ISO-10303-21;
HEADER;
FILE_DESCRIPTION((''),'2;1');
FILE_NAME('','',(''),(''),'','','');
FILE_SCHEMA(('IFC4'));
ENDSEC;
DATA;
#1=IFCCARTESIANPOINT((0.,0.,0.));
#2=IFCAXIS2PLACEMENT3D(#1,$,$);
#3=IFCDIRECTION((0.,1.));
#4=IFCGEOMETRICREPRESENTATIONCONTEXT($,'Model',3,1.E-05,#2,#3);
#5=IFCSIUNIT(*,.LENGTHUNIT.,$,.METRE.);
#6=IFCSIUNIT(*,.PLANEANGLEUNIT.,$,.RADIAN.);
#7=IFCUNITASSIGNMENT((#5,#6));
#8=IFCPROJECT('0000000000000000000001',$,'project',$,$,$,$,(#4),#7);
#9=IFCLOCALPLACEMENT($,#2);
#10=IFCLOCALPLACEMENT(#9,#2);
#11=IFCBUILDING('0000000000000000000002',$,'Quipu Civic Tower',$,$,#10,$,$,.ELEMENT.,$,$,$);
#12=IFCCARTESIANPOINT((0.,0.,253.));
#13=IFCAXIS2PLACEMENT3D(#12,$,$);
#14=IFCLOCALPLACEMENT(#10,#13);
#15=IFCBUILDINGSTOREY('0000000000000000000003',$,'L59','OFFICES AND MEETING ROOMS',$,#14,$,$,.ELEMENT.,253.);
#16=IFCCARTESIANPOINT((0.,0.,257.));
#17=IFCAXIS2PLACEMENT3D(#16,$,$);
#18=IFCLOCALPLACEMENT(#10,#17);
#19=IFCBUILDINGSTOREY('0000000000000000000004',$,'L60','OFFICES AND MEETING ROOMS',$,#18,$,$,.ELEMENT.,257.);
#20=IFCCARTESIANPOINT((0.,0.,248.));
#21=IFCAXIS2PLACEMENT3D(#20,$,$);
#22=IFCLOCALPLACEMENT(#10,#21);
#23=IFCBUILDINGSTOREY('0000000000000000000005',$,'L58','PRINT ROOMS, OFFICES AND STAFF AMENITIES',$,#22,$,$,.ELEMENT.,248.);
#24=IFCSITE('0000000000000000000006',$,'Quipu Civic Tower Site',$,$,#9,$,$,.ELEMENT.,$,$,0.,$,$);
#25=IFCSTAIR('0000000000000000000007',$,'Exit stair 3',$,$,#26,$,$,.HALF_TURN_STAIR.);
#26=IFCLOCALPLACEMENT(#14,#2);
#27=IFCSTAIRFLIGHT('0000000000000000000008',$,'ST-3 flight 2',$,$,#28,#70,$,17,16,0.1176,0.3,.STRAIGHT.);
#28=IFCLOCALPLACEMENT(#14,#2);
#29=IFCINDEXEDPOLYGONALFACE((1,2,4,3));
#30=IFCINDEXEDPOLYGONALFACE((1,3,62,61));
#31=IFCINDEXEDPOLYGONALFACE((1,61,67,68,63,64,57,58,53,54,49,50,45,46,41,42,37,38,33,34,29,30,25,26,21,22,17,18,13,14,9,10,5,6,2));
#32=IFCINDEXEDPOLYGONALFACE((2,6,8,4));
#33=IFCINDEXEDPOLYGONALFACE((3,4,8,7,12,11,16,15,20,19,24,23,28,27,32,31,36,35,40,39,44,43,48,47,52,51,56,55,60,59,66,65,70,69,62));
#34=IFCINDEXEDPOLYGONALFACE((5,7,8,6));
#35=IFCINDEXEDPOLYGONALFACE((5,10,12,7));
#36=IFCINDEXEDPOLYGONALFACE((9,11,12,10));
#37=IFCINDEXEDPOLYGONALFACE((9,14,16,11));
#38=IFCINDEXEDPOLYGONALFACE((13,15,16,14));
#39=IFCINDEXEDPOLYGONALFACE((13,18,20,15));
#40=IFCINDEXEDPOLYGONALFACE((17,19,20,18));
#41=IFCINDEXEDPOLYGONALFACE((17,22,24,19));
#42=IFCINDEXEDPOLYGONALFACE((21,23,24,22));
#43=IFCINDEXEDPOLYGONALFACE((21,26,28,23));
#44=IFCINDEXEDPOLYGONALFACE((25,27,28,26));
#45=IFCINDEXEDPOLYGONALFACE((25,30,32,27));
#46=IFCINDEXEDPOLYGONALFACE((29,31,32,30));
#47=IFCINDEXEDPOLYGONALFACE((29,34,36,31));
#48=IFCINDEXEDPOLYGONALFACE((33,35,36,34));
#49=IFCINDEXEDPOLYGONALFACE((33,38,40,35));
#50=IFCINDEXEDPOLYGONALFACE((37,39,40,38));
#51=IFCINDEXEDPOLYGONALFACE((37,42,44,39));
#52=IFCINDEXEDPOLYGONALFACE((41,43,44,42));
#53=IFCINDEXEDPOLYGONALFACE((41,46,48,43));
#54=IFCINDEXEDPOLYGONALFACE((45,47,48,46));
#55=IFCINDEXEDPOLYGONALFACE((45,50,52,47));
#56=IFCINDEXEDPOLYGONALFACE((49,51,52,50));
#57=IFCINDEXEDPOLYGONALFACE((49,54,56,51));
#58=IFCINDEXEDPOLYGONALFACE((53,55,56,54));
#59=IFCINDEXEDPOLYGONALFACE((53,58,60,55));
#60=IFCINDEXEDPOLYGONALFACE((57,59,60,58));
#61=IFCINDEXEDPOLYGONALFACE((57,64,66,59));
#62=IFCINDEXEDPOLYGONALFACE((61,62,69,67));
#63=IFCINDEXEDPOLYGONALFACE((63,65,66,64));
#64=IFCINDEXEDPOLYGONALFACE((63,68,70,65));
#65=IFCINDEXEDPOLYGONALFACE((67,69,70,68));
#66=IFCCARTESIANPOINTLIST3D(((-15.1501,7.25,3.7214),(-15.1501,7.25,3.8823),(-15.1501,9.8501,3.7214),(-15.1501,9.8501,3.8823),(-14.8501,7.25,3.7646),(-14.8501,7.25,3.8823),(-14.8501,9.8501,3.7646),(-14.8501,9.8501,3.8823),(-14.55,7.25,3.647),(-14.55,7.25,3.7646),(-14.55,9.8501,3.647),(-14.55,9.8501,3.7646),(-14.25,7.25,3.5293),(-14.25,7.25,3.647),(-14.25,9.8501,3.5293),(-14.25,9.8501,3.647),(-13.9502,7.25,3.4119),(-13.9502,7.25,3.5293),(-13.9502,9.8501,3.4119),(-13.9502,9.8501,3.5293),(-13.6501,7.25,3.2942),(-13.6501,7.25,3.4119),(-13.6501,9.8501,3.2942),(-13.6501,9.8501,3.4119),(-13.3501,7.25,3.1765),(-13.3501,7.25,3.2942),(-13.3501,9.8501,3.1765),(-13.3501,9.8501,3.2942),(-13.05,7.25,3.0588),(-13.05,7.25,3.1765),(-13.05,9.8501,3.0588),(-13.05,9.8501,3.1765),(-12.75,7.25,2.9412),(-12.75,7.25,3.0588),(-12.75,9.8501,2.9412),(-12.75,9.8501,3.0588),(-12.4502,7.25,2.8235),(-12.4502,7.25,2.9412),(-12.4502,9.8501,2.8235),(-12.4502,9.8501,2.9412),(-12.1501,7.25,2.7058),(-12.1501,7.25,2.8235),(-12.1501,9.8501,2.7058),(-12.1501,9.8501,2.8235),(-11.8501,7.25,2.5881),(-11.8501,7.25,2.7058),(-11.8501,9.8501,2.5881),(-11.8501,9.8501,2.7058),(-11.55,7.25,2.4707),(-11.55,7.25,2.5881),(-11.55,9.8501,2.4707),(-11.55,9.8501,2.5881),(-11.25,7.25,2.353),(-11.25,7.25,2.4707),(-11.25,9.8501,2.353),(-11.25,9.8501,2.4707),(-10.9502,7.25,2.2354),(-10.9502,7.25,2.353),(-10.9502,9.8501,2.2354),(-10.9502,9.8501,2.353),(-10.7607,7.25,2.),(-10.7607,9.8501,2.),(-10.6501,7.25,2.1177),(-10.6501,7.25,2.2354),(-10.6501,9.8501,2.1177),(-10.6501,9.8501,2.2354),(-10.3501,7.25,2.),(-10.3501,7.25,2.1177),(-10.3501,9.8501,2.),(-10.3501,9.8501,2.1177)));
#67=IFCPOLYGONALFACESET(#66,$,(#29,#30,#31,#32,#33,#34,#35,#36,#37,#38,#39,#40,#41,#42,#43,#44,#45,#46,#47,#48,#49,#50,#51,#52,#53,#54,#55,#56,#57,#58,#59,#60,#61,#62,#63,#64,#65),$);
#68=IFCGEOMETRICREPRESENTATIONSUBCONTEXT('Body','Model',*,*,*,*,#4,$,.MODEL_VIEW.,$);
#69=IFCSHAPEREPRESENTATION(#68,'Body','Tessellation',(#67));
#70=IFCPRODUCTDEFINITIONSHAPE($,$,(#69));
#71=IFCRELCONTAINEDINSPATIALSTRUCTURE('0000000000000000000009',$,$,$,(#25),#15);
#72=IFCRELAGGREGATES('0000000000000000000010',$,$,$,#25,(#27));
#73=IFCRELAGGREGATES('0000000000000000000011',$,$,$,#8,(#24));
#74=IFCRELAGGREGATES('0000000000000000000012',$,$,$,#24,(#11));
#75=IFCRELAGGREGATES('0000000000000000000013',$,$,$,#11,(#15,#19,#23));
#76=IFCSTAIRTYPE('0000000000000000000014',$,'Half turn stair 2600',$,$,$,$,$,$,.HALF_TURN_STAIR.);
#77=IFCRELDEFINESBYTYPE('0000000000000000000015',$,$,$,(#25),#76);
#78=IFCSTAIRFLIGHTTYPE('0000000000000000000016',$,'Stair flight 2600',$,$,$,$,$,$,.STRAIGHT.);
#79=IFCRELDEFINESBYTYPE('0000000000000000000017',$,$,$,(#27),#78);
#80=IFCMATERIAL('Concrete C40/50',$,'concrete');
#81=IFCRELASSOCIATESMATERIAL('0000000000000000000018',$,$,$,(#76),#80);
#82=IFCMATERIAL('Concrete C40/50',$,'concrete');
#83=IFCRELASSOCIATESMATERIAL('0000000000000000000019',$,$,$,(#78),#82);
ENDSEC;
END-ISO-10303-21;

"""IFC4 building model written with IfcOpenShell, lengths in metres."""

from ifc_helpers import new_model, si_unit, direction, frame, origin, place, context, subcontext, project, spatial, polyline, outline, extrude, material, type_object, element, aggregate, save


model = new_model("IFC4")

# Units and contexts
model_context = context("Model", 3, precision=1e-05, world=origin(), true_north=direction((0.0, 1.0)))
body_context = subcontext(model_context, "Body", "Model", "MODEL_VIEW")
ifc_project = project(units=[si_unit("LENGTHUNIT", "METRE"), si_unit("PLANEANGLEUNIT", "RADIAN")], contexts=[model_context])

# Site, building, storey
site_placement = place(None, origin())
site = spatial("IfcSite", under=ifc_project, at=site_placement, Name="Quipu Civic Tower Site", CompositionType="ELEMENT", RefElevation=0.0)
building_placement = place(site_placement, origin())
building = spatial("IfcBuilding", under=site, at=building_placement, Name="Quipu Civic Tower", CompositionType="ELEMENT")
storey_1_placement = place(building_placement, frame((0.0, 0.0, 253.0)))
storey_1 = spatial("IfcBuildingStorey", under=building, at=storey_1_placement, Name="L59", Description="OFFICES AND MEETING ROOMS", CompositionType="ELEMENT", Elevation=253.0)

# Shared definitions
storey_2_placement = place(building_placement, frame((0.0, 0.0, 257.0)))
storey_2 = spatial("IfcBuildingStorey", under=building, at=storey_2_placement, Name="L60", Description="OFFICES AND MEETING ROOMS", CompositionType="ELEMENT", Elevation=257.0)

# Shared definitions
storey_3_placement = place(building_placement, frame((0.0, 0.0, 248.0)))
storey_3 = spatial("IfcBuildingStorey", under=building, at=storey_3_placement, Name="L58", Description="PRINT ROOMS, OFFICES AND STAFF AMENITIES", CompositionType="ELEMENT", Elevation=248.0)

# Stair, stair flight
ifc_material_1 = material(Name="Concrete C40/50", Category="concrete")
stair_type = type_object("IfcStairType", Name="Half turn stair 2600", PredefinedType="HALF_TURN_STAIR", material=ifc_material_1)
stair_placement = place(storey_1_placement, origin())
stair = element("IfcStair", 1, at=stair_placement, inside=storey_1, type_object=stair_type, Name="Exit stair 3", PredefinedType="HALF_TURN_STAIR")
ifc_material_2 = material(Name="Concrete C40/50", Category="concrete")
stair_flight_type = type_object("IfcStairFlightType", Name="Stair flight 2600", PredefinedType="STRAIGHT", material=ifc_material_2)
stair_flight_placement = place(storey_1_placement, frame((-10.3501, 8.55, 2.0), z_axis=(0.0, 0.0, 1.0), x_axis=(-1.0, 0.0, 0.0)))
stair_flight = element("IfcStairFlight", 2, at=stair_flight_placement, type_object=stair_flight_type, Name="ST-3 flight 2", NumberOfRisers=17, NumberOfTreads=16, PredefinedType="STRAIGHT", RiserHeight=0.1176, TreadLength=0.3, context=body_context, shape_type="SweptSolid", body=[
    extrude(outline(polyline([(0.0, 0.0), (0.0, 0.1177), (0.3, 0.1177), (0.3, 0.2354), (0.6001, 0.2354), (0.6001, 0.353), (0.8999, 0.353), (0.8999, 0.4707), (1.2, 0.4707), (1.2, 0.5881), (1.5, 0.5881), (1.5, 0.7058), (1.8, 0.7058), (1.8, 0.8235), (2.1001, 0.8235), (2.1001, 0.9412), (2.3999, 0.9412), (2.3999, 1.0588), (2.7, 1.0588), (2.7, 1.1765), (3.0, 1.1765), (3.0, 1.2942), (3.3, 1.2942), (3.3, 1.4119), (3.6001, 1.4119), (3.6001, 1.5293), (3.8999, 1.5293), (3.8999, 1.647), (4.2, 1.647), (4.2, 1.7646), (4.5, 1.7646), (4.5, 1.8823), (4.8, 1.8823), (4.8, 2.0), (4.8, 1.7214), (0.4106, 0.0), (0.0, 0.0)])), frame((0.0, 1.3, 0.0), z_axis=(0.0, -1.0, 0.0), x_axis=(1.0, 0.0, 0.0)), (0.0, 0.0, 1.0), 2.6001),
])
aggregate(stair, [stair_flight])

save(model, "model.ifc")
